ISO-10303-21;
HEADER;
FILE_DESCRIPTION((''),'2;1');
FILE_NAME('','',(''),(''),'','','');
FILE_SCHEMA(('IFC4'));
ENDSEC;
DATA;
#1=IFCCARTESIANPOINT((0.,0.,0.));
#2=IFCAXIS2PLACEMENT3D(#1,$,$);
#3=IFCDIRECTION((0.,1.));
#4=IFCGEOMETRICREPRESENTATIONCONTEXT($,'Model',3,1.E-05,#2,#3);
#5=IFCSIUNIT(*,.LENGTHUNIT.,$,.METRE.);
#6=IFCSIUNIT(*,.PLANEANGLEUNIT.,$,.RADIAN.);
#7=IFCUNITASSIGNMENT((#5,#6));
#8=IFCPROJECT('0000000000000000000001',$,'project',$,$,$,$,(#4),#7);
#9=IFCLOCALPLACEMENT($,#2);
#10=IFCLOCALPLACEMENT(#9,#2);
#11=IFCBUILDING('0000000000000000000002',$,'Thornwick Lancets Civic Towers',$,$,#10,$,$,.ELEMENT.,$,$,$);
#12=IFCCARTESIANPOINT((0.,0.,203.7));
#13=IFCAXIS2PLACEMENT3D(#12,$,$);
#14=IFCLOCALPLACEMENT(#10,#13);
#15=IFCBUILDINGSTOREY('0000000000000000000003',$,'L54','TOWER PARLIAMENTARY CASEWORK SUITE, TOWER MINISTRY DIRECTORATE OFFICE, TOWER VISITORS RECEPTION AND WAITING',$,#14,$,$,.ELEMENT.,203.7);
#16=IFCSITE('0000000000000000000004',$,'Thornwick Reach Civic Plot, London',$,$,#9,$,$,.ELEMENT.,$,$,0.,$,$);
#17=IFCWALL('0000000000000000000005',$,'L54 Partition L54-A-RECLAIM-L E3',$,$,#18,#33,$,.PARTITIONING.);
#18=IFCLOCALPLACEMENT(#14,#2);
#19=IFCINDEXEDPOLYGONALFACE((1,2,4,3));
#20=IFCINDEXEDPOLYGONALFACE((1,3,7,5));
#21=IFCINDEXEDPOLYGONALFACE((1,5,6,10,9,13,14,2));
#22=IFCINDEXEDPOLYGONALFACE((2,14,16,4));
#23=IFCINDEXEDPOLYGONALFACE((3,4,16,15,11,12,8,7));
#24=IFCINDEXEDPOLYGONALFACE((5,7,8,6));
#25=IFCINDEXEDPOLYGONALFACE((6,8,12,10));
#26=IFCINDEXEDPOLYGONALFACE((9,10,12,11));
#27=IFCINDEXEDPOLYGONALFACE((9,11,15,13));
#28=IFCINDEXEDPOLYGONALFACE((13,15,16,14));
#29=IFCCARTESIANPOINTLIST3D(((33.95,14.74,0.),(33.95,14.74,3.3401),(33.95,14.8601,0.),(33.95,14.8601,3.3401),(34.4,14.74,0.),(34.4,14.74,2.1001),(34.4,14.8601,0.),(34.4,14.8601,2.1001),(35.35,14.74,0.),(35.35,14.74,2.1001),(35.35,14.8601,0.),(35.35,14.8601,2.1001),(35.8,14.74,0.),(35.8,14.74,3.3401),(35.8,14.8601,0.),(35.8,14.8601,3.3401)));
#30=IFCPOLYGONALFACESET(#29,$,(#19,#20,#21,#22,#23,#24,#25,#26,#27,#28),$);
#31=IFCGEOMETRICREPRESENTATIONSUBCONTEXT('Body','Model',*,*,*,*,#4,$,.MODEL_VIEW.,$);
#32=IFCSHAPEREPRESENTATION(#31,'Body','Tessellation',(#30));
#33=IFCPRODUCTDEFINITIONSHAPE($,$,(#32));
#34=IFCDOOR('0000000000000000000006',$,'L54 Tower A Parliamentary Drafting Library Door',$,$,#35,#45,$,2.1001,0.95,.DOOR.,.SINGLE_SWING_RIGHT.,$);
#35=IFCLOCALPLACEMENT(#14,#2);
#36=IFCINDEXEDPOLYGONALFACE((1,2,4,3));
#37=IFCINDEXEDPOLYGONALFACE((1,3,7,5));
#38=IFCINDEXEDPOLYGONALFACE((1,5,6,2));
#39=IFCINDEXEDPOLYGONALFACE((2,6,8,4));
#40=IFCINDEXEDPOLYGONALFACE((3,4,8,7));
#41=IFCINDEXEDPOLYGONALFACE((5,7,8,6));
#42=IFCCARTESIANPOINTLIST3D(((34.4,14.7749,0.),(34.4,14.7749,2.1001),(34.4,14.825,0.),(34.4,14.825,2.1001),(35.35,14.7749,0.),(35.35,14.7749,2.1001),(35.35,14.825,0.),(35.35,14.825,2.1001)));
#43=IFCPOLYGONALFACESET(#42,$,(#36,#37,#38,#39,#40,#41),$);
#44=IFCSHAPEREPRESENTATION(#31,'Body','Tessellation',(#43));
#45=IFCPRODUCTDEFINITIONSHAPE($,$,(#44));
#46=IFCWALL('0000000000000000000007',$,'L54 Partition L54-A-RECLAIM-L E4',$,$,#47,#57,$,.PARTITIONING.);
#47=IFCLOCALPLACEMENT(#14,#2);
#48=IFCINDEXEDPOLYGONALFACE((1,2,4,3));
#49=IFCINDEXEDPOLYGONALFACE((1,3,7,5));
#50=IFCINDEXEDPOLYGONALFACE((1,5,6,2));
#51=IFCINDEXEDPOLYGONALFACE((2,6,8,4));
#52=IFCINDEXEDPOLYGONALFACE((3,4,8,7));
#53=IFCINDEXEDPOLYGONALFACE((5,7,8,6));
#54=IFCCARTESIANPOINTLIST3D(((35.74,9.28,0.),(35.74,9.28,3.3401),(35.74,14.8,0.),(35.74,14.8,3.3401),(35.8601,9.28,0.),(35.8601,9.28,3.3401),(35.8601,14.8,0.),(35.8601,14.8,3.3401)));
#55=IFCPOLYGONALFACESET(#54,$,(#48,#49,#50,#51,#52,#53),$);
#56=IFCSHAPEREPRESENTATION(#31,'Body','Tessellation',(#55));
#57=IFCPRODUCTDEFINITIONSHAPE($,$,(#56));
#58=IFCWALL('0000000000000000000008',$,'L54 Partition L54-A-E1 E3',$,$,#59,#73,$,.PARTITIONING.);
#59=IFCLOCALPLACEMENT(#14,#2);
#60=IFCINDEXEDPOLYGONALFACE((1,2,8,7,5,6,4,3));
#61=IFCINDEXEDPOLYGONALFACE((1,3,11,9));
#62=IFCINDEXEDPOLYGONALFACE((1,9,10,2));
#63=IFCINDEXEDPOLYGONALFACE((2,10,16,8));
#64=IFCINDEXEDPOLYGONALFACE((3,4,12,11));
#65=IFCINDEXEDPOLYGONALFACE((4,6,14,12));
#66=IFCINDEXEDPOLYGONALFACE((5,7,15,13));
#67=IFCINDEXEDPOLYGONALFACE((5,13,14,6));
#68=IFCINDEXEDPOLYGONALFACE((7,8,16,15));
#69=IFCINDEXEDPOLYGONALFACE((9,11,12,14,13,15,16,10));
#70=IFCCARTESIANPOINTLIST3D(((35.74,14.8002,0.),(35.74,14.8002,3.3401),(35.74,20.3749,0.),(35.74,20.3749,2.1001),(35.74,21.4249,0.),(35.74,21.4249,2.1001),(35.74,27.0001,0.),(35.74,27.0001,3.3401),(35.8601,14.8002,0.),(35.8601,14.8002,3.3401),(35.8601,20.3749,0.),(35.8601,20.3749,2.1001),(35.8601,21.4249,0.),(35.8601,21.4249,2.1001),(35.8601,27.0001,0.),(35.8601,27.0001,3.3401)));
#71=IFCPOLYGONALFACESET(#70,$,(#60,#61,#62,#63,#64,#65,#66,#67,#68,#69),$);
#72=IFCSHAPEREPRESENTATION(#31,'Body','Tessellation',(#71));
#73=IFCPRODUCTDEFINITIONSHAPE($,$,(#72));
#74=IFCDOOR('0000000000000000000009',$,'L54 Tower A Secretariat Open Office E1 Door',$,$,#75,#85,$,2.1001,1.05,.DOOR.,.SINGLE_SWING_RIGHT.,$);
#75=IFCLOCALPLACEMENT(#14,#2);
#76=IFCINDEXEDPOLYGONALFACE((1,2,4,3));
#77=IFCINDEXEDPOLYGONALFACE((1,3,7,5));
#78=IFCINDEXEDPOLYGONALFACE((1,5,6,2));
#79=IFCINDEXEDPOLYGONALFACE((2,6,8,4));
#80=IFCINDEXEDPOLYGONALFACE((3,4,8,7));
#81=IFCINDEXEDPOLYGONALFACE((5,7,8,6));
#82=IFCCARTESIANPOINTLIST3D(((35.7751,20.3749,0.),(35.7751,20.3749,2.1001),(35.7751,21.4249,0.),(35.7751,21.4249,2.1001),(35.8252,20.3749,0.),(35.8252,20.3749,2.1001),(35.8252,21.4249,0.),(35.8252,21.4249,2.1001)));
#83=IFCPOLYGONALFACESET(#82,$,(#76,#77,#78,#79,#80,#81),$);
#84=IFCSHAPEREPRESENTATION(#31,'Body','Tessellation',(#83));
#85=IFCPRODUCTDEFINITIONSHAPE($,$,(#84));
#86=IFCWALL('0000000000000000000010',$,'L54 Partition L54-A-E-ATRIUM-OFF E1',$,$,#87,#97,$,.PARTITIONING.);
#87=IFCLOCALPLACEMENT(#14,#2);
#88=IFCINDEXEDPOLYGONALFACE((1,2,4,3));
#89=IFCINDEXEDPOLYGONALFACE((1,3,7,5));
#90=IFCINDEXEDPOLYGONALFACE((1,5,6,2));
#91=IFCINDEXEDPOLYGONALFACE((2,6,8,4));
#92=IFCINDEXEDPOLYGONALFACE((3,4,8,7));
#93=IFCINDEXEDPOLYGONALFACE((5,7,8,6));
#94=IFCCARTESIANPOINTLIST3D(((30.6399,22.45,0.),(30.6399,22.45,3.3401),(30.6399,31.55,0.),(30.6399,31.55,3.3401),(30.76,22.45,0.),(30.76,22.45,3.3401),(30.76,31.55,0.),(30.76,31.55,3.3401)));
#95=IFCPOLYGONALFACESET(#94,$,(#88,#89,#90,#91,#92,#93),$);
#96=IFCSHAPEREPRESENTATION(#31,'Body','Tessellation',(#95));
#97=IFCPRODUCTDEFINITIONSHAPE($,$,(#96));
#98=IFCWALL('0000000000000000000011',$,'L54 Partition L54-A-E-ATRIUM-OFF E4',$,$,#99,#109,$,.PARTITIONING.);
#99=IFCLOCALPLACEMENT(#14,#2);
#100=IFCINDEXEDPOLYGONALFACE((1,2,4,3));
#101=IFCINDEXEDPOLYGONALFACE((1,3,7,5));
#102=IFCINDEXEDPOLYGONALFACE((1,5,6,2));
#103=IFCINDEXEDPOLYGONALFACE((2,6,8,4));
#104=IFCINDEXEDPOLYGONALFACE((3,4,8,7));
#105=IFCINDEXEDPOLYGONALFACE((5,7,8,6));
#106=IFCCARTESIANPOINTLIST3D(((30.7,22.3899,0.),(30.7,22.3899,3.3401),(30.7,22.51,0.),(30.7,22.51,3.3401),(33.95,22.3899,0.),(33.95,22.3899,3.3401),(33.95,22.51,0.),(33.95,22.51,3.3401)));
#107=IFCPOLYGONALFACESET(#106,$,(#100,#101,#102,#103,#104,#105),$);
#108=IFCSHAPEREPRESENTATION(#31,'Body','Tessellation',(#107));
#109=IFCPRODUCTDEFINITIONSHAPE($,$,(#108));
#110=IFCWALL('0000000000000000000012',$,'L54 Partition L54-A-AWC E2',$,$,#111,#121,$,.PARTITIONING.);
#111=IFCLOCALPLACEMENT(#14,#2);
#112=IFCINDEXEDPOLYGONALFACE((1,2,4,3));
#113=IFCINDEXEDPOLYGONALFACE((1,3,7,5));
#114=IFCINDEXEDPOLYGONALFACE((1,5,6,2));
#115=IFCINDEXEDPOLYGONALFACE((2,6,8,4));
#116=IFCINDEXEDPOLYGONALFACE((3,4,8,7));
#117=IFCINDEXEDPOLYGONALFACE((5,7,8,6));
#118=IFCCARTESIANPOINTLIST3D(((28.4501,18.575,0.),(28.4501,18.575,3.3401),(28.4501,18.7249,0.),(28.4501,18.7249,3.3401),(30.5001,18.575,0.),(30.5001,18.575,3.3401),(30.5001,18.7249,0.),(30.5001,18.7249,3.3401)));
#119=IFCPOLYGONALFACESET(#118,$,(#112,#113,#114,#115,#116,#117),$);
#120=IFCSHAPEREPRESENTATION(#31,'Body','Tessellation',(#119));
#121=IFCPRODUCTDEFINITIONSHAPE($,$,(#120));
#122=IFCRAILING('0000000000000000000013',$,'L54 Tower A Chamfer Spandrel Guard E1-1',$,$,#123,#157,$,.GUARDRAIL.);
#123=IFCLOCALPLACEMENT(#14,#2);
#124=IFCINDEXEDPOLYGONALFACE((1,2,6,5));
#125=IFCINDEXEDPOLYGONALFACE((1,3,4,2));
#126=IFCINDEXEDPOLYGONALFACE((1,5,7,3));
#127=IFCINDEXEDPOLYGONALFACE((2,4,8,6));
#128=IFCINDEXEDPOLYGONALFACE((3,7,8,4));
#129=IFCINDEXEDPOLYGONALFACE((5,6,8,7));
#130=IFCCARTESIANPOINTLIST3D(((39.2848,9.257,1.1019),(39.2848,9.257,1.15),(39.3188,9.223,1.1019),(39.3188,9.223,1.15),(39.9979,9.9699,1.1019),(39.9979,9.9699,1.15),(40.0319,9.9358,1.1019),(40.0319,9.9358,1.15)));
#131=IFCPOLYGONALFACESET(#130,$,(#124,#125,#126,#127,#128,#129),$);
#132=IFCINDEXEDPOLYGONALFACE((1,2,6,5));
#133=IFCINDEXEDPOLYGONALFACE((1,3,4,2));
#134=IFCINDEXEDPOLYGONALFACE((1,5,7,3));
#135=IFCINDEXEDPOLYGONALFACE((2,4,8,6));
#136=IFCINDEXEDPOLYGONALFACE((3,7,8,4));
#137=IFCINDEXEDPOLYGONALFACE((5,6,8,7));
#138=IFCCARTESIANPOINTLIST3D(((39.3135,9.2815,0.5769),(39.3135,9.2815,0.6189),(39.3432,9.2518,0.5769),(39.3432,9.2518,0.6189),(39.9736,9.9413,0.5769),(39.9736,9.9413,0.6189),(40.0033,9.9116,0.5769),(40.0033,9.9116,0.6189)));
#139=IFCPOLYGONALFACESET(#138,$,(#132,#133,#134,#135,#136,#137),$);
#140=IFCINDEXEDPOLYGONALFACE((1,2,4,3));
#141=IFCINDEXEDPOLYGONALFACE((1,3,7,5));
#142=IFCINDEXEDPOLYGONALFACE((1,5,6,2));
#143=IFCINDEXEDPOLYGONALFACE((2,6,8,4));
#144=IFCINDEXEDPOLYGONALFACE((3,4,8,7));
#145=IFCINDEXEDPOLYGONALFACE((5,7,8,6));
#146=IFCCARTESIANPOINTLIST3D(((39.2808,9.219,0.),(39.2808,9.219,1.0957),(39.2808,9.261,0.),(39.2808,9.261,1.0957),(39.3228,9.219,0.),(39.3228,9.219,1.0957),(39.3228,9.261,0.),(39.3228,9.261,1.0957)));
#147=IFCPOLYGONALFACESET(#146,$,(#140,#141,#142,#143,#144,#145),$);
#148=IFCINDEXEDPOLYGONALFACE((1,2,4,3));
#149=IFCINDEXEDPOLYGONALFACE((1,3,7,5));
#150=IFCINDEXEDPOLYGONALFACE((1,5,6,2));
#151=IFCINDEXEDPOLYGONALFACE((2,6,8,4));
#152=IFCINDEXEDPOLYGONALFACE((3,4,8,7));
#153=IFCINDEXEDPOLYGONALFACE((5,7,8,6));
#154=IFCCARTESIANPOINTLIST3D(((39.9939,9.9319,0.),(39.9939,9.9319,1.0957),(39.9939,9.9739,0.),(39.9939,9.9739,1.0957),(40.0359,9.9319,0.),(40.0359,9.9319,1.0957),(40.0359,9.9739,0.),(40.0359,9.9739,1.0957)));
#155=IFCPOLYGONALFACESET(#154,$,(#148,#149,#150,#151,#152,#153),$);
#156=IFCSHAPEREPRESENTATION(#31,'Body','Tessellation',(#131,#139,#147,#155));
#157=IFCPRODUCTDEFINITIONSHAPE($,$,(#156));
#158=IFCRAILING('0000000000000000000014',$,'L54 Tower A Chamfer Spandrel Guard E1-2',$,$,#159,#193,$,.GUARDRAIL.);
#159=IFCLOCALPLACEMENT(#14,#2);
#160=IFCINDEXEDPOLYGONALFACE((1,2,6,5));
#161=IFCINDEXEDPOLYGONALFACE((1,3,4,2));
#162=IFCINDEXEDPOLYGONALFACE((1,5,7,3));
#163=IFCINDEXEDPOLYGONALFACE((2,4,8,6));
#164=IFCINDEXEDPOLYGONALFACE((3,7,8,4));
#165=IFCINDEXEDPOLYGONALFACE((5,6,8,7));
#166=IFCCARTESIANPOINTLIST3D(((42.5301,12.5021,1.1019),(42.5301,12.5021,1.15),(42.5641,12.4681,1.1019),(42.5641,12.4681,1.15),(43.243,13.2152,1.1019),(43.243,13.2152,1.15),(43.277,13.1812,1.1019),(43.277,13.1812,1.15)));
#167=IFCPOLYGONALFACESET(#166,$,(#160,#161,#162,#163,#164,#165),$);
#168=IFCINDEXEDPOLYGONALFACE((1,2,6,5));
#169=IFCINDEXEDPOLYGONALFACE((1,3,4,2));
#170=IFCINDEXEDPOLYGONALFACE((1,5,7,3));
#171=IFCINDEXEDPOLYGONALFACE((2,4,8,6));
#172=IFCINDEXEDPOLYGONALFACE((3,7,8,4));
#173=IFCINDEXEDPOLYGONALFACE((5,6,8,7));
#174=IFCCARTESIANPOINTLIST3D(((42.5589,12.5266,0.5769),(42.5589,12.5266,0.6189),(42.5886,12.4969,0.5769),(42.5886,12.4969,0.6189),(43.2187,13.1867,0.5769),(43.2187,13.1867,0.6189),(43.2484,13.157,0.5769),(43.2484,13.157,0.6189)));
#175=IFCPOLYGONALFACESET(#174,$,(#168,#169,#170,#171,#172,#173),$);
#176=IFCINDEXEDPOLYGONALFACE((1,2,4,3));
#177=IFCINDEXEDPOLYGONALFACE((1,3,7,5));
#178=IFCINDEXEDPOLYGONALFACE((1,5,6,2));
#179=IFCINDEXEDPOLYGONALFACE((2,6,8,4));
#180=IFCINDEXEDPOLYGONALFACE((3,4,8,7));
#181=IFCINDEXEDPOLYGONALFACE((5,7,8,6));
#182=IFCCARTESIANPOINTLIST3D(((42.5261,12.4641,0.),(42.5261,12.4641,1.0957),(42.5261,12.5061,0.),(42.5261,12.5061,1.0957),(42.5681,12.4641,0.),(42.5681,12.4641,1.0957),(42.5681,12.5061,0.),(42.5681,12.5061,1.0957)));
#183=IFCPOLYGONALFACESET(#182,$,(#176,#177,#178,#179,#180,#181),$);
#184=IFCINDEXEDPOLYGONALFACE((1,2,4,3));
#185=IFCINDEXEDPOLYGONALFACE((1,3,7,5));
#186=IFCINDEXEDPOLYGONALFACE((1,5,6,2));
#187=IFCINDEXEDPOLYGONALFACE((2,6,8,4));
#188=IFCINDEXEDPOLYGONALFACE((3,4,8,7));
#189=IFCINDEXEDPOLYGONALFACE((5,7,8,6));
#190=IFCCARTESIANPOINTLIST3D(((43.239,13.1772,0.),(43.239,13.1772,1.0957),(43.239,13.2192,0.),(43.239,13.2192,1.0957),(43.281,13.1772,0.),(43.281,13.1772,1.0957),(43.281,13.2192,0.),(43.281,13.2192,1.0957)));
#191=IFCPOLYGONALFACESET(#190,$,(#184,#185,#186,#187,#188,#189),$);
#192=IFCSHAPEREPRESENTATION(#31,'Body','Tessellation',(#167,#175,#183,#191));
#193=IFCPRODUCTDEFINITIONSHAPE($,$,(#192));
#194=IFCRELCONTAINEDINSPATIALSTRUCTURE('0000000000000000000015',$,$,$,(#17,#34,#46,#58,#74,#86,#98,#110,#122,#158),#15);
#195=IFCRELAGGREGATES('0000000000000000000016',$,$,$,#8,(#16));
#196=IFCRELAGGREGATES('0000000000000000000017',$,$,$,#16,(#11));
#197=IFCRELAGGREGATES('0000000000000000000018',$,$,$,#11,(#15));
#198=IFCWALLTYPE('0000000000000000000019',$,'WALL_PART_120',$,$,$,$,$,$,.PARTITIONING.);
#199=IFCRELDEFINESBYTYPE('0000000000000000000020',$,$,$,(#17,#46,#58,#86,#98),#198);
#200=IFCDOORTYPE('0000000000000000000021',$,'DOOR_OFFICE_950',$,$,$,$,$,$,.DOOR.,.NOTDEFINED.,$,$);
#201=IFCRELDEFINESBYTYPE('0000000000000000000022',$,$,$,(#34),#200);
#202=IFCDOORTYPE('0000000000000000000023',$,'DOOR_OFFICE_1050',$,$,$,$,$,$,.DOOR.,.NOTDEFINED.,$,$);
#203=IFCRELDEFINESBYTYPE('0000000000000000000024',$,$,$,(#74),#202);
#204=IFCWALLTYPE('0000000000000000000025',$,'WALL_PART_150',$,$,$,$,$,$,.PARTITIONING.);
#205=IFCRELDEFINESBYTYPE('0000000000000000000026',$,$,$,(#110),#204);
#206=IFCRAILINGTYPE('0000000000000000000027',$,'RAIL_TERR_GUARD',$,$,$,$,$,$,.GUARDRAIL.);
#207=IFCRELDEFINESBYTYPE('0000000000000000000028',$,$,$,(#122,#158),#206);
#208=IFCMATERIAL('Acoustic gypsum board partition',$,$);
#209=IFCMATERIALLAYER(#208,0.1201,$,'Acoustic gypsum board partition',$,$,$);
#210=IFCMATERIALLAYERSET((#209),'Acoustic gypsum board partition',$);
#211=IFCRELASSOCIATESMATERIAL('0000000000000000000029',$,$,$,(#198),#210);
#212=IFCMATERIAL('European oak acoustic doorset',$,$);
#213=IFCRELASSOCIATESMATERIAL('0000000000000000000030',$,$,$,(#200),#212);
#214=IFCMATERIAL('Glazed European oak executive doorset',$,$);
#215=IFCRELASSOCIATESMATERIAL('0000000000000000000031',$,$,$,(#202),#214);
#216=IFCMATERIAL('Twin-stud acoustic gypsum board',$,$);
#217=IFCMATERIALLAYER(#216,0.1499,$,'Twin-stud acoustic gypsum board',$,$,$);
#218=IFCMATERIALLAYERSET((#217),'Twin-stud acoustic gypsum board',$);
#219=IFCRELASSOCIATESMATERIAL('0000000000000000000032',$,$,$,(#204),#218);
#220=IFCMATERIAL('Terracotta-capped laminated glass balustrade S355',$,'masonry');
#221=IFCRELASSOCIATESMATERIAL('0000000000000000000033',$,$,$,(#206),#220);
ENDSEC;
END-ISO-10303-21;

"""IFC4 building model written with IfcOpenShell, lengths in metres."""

from ifc_helpers import new_model, si_unit, direction, frame, frame_2d, origin, origin_2d, place, context, subcontext, project, spatial, rectangle, extrude, material, layer, layer_set, type_object, element, fill, save


model = new_model("IFC4")

# Units and contexts
model_context = context("Model", 3, precision=1e-05, world=origin(), true_north=direction((0.0, 1.0)))
body_context = subcontext(model_context, "Body", "Model", "MODEL_VIEW")
ifc_project = project(units=[si_unit("LENGTHUNIT", "METRE"), si_unit("PLANEANGLEUNIT", "RADIAN")], contexts=[model_context])

# Site, building, storey
site_placement = place(None, origin())
site = spatial("IfcSite", under=ifc_project, at=site_placement, Name="Thornwick Reach Civic Plot, London", CompositionType="ELEMENT", RefElevation=0.0)
building_placement = place(site_placement, origin())
building = spatial("IfcBuilding", under=site, at=building_placement, Name="Thornwick Lancets Civic Towers", CompositionType="ELEMENT")
storey_placement = place(building_placement, frame((0.0, 0.0, 203.7)))
storey = spatial("IfcBuildingStorey", under=building, at=storey_placement, Name="L54", Description="TOWER PARLIAMENTARY CASEWORK SUITE, TOWER MINISTRY DIRECTORATE OFFICE, TOWER VISITORS RECEPTION AND WAITING", CompositionType="ELEMENT", Elevation=203.7)

# Shared definitions
ifc_material_1 = material(Name="Acoustic gypsum board partition")
ifc_layer_1 = layer(ifc_material_1, 0.1201, Name="Acoustic gypsum board partition")
ifc_layer_set_1 = layer_set([ifc_layer_1], Name="Acoustic gypsum board partition")
wall_type_1 = type_object("IfcWallType", Name="WALL_PART_120", PredefinedType="PARTITIONING", material=ifc_layer_set_1)

# Wall, opening, door
wall_1_placement = place(storey_placement, frame((33.95, 14.8, 0.0), z_axis=(0.0, 0.0, 1.0), x_axis=(1.0, 0.0, 0.0)))
wall_1 = element("IfcWall", 1, at=wall_1_placement, inside=storey, type_object=wall_type_1, Name="L54 Partition L54-A-RECLAIM-L E3", PredefinedType="PARTITIONING", context=body_context, shape_type="SweptSolid", body=[
    extrude(rectangle(XDim=1.8501, YDim=0.1201, at=frame_2d((0.925, 0.0))), origin(), (0.0, 0.0, 1.0), 3.3401),
])
opening_1_placement = place(wall_1_placement, frame((0.45, 0.0, 0.0)))
opening_1 = element("IfcOpeningElement", 2, at=opening_1_placement, cuts=wall_1, PredefinedType="OPENING", context=body_context, shape_type="SweptSolid", body=[
    extrude(rectangle(XDim=0.95, YDim=2.1001, at=frame_2d((0.4751, 1.05))), frame((0.0, 0.0701, 0.0), z_axis=(0.0, -1.0, 0.0), x_axis=(1.0, 0.0, 0.0)), (0.0, 0.0, 1.0), 0.1401),
])
ifc_material_2 = material(Name="European oak acoustic doorset")
door_type_1 = type_object("IfcDoorType", Name="DOOR_OFFICE_950", OperationType="NOTDEFINED", PredefinedType="DOOR", material=ifc_material_2)
door_1_placement = place(opening_1_placement, origin())
door_1 = element("IfcDoor", 3, at=door_1_placement, inside=storey, type_object=door_type_1, Name="L54 Tower A Parliamentary Drafting Library Door", OperationType="SINGLE_SWING_RIGHT", OverallHeight=2.1001, OverallWidth=0.95, PredefinedType="DOOR", context=body_context, shape_type="SweptSolid", body=[
    extrude(rectangle(XDim=0.95, YDim=2.1001, at=frame_2d((0.4751, 1.05))), frame((0.0, 0.0249, 0.0), z_axis=(0.0, -1.0, 0.0), x_axis=(1.0, 0.0, 0.0)), (0.0, 0.0, 1.0), 0.05),
])
fill(opening_1, door_1)

# Wall
wall_2_placement = place(storey_placement, frame((35.8, 14.8, 0.0), z_axis=(0.0, 0.0, 1.0), x_axis=(0.0, -1.0, 0.0)))
element("IfcWall", 4, at=wall_2_placement, inside=storey, type_object=wall_type_1, Name="L54 Partition L54-A-RECLAIM-L E4", PredefinedType="PARTITIONING", context=body_context, shape_type="SweptSolid", body=[
    extrude(rectangle(XDim=5.52, YDim=0.1201, at=frame_2d((2.76, 0.0))), origin(), (0.0, 0.0, 1.0), 3.3401),
])

# Wall, opening, door
wall_3_placement = place(storey_placement, frame((35.8, 14.8, 0.0), z_axis=(0.0, 0.0, 1.0), x_axis=(0.0, 1.0, 0.0)))
wall_3 = element("IfcWall", 5, at=wall_3_placement, inside=storey, type_object=wall_type_1, Name="L54 Partition L54-A-E1 E3", PredefinedType="PARTITIONING", context=body_context, shape_type="SweptSolid", body=[
    extrude(rectangle(XDim=12.2, YDim=0.1201, at=frame_2d((6.1001, 0.0))), origin(), (0.0, 0.0, 1.0), 3.3401),
])
opening_2_placement = place(wall_3_placement, frame((5.575, 0.0, 0.0)))
opening_2 = element("IfcOpeningElement", 6, at=opening_2_placement, cuts=wall_3, PredefinedType="OPENING", context=body_context, shape_type="SweptSolid", body=[
    extrude(rectangle(XDim=1.05, YDim=2.1001, at=frame_2d((0.5249, 1.05))), frame((0.0, 0.0701, 0.0), z_axis=(0.0, -1.0, 0.0), x_axis=(1.0, 0.0, 0.0)), (0.0, 0.0, 1.0), 0.1401),
])
ifc_material_3 = material(Name="Glazed European oak executive doorset")
door_type_2 = type_object("IfcDoorType", Name="DOOR_OFFICE_1050", OperationType="NOTDEFINED", PredefinedType="DOOR", material=ifc_material_3)
door_2_placement = place(opening_2_placement, origin())
door_2 = element("IfcDoor", 7, at=door_2_placement, inside=storey, type_object=door_type_2, Name="L54 Tower A Secretariat Open Office E1 Door", OperationType="SINGLE_SWING_RIGHT", OverallHeight=2.1001, OverallWidth=1.05, PredefinedType="DOOR", context=body_context, shape_type="SweptSolid", body=[
    extrude(rectangle(XDim=1.05, YDim=2.1001, at=frame_2d((0.5249, 1.05))), frame((0.0, 0.0249, 0.0), z_axis=(0.0, -1.0, 0.0), x_axis=(1.0, 0.0, 0.0)), (0.0, 0.0, 1.0), 0.05),
])
fill(opening_2, door_2)

# Walls
wall_4_placement = place(storey_placement, frame((30.7, 22.45, 0.0), z_axis=(0.0, 0.0, 1.0), x_axis=(0.0, 1.0, 0.0)))
element("IfcWall", 8, at=wall_4_placement, inside=storey, type_object=wall_type_1, Name="L54 Partition L54-A-E-ATRIUM-OFF E1", PredefinedType="PARTITIONING", context=body_context, shape_type="SweptSolid", body=[
    extrude(rectangle(XDim=9.1001, YDim=0.1201, at=frame_2d((4.55, 0.0))), origin(), (0.0, 0.0, 1.0), 3.3401),
])
wall_5_placement = place(storey_placement, frame((33.95, 22.45, 0.0), z_axis=(0.0, 0.0, 1.0), x_axis=(-1.0, 0.0, 0.0)))
element("IfcWall", 9, at=wall_5_placement, inside=storey, type_object=wall_type_1, Name="L54 Partition L54-A-E-ATRIUM-OFF E4", PredefinedType="PARTITIONING", context=body_context, shape_type="SweptSolid", body=[
    extrude(rectangle(XDim=3.25, YDim=0.1201, at=frame_2d((1.625, 0.0))), origin(), (0.0, 0.0, 1.0), 3.3401),
])
ifc_material_4 = material(Name="Twin-stud acoustic gypsum board")
ifc_layer_2 = layer(ifc_material_4, 0.1499, Name="Twin-stud acoustic gypsum board")
ifc_layer_set_2 = layer_set([ifc_layer_2], Name="Twin-stud acoustic gypsum board")
wall_type_2 = type_object("IfcWallType", Name="WALL_PART_150", PredefinedType="PARTITIONING", material=ifc_layer_set_2)
wall_6_placement = place(storey_placement, frame((30.5, 18.6499, 0.0), z_axis=(0.0, 0.0, 1.0), x_axis=(-1.0, 0.0, 0.0)))
element("IfcWall", 10, at=wall_6_placement, inside=storey, type_object=wall_type_2, Name="L54 Partition L54-A-AWC E2", PredefinedType="PARTITIONING", context=body_context, shape_type="SweptSolid", body=[
    extrude(rectangle(XDim=2.05, YDim=0.1499, at=frame_2d((1.0249, 0.0))), origin(), (0.0, 0.0, 1.0), 3.3401),
])

# Railings
ifc_material_5 = material(Name="Terracotta-capped laminated glass balustrade S355", Category="masonry")
railing_type = type_object("IfcRailingType", Name="RAIL_TERR_GUARD", PredefinedType="GUARDRAIL", material=ifc_material_5)
railing_1_placement = place(storey_placement, frame((39.3018, 9.24, 0.0)))
element("IfcRailing", 11, at=railing_1_placement, inside=storey, type_object=railing_type, Name="L54 Tower A Chamfer Spandrel Guard E1-1", PredefinedType="GUARDRAIL", context=body_context, shape_type="SweptSolid", body=[
    extrude(rectangle(XDim=0.0481, YDim=0.0481, at=origin_2d()), frame((0.0, 0.0, 1.126), z_axis=(0.707228, 0.706986, 0.0), x_axis=(-0.706986, 0.707228, 0.0)), (0.0, 0.0, 1.0), 1.0083),
    extrude(rectangle(XDim=0.042, YDim=0.042, at=origin_2d()), frame((0.0266, 0.0266, 0.5979), z_axis=(0.707228, 0.706986, 0.0), x_axis=(-0.706986, 0.707228, 0.0)), (0.0, 0.0, 1.0), 0.9333),
    extrude(rectangle(XDim=0.042, YDim=0.042, at=origin_2d()), origin(), (0.0, 0.0, 1.0), 1.0957),
    extrude(rectangle(XDim=0.042, YDim=0.042, at=origin_2d()), frame((0.7131, 0.7129, 0.0)), (0.0, 0.0, 1.0), 1.0957),
])
railing_2_placement = place(storey_placement, frame((42.5471, 12.4851, 0.0)))
element("IfcRailing", 12, at=railing_2_placement, inside=storey, type_object=railing_type, Name="L54 Tower A Chamfer Spandrel Guard E1-2", PredefinedType="GUARDRAIL", context=body_context, shape_type="SweptSolid", body=[
    extrude(rectangle(XDim=0.0481, YDim=0.0481, at=origin_2d()), frame((0.0, 0.0, 1.126), z_axis=(0.706986, 0.707228, 0.0), x_axis=(-0.707228, 0.706986, 0.0)), (0.0, 0.0, 1.0), 1.0083),
    extrude(rectangle(XDim=0.042, YDim=0.042, at=origin_2d()), frame((0.0266, 0.0266, 0.5979), z_axis=(0.706986, 0.707228, 0.0), x_axis=(-0.707228, 0.706986, 0.0)), (0.0, 0.0, 1.0), 0.9333),
    extrude(rectangle(XDim=0.042, YDim=0.042, at=origin_2d()), origin(), (0.0, 0.0, 1.0), 1.0957),
    extrude(rectangle(XDim=0.042, YDim=0.042, at=origin_2d()), frame((0.7129, 0.7131, 0.0)), (0.0, 0.0, 1.0), 1.0957),
])

save(model, "model.ifc")
